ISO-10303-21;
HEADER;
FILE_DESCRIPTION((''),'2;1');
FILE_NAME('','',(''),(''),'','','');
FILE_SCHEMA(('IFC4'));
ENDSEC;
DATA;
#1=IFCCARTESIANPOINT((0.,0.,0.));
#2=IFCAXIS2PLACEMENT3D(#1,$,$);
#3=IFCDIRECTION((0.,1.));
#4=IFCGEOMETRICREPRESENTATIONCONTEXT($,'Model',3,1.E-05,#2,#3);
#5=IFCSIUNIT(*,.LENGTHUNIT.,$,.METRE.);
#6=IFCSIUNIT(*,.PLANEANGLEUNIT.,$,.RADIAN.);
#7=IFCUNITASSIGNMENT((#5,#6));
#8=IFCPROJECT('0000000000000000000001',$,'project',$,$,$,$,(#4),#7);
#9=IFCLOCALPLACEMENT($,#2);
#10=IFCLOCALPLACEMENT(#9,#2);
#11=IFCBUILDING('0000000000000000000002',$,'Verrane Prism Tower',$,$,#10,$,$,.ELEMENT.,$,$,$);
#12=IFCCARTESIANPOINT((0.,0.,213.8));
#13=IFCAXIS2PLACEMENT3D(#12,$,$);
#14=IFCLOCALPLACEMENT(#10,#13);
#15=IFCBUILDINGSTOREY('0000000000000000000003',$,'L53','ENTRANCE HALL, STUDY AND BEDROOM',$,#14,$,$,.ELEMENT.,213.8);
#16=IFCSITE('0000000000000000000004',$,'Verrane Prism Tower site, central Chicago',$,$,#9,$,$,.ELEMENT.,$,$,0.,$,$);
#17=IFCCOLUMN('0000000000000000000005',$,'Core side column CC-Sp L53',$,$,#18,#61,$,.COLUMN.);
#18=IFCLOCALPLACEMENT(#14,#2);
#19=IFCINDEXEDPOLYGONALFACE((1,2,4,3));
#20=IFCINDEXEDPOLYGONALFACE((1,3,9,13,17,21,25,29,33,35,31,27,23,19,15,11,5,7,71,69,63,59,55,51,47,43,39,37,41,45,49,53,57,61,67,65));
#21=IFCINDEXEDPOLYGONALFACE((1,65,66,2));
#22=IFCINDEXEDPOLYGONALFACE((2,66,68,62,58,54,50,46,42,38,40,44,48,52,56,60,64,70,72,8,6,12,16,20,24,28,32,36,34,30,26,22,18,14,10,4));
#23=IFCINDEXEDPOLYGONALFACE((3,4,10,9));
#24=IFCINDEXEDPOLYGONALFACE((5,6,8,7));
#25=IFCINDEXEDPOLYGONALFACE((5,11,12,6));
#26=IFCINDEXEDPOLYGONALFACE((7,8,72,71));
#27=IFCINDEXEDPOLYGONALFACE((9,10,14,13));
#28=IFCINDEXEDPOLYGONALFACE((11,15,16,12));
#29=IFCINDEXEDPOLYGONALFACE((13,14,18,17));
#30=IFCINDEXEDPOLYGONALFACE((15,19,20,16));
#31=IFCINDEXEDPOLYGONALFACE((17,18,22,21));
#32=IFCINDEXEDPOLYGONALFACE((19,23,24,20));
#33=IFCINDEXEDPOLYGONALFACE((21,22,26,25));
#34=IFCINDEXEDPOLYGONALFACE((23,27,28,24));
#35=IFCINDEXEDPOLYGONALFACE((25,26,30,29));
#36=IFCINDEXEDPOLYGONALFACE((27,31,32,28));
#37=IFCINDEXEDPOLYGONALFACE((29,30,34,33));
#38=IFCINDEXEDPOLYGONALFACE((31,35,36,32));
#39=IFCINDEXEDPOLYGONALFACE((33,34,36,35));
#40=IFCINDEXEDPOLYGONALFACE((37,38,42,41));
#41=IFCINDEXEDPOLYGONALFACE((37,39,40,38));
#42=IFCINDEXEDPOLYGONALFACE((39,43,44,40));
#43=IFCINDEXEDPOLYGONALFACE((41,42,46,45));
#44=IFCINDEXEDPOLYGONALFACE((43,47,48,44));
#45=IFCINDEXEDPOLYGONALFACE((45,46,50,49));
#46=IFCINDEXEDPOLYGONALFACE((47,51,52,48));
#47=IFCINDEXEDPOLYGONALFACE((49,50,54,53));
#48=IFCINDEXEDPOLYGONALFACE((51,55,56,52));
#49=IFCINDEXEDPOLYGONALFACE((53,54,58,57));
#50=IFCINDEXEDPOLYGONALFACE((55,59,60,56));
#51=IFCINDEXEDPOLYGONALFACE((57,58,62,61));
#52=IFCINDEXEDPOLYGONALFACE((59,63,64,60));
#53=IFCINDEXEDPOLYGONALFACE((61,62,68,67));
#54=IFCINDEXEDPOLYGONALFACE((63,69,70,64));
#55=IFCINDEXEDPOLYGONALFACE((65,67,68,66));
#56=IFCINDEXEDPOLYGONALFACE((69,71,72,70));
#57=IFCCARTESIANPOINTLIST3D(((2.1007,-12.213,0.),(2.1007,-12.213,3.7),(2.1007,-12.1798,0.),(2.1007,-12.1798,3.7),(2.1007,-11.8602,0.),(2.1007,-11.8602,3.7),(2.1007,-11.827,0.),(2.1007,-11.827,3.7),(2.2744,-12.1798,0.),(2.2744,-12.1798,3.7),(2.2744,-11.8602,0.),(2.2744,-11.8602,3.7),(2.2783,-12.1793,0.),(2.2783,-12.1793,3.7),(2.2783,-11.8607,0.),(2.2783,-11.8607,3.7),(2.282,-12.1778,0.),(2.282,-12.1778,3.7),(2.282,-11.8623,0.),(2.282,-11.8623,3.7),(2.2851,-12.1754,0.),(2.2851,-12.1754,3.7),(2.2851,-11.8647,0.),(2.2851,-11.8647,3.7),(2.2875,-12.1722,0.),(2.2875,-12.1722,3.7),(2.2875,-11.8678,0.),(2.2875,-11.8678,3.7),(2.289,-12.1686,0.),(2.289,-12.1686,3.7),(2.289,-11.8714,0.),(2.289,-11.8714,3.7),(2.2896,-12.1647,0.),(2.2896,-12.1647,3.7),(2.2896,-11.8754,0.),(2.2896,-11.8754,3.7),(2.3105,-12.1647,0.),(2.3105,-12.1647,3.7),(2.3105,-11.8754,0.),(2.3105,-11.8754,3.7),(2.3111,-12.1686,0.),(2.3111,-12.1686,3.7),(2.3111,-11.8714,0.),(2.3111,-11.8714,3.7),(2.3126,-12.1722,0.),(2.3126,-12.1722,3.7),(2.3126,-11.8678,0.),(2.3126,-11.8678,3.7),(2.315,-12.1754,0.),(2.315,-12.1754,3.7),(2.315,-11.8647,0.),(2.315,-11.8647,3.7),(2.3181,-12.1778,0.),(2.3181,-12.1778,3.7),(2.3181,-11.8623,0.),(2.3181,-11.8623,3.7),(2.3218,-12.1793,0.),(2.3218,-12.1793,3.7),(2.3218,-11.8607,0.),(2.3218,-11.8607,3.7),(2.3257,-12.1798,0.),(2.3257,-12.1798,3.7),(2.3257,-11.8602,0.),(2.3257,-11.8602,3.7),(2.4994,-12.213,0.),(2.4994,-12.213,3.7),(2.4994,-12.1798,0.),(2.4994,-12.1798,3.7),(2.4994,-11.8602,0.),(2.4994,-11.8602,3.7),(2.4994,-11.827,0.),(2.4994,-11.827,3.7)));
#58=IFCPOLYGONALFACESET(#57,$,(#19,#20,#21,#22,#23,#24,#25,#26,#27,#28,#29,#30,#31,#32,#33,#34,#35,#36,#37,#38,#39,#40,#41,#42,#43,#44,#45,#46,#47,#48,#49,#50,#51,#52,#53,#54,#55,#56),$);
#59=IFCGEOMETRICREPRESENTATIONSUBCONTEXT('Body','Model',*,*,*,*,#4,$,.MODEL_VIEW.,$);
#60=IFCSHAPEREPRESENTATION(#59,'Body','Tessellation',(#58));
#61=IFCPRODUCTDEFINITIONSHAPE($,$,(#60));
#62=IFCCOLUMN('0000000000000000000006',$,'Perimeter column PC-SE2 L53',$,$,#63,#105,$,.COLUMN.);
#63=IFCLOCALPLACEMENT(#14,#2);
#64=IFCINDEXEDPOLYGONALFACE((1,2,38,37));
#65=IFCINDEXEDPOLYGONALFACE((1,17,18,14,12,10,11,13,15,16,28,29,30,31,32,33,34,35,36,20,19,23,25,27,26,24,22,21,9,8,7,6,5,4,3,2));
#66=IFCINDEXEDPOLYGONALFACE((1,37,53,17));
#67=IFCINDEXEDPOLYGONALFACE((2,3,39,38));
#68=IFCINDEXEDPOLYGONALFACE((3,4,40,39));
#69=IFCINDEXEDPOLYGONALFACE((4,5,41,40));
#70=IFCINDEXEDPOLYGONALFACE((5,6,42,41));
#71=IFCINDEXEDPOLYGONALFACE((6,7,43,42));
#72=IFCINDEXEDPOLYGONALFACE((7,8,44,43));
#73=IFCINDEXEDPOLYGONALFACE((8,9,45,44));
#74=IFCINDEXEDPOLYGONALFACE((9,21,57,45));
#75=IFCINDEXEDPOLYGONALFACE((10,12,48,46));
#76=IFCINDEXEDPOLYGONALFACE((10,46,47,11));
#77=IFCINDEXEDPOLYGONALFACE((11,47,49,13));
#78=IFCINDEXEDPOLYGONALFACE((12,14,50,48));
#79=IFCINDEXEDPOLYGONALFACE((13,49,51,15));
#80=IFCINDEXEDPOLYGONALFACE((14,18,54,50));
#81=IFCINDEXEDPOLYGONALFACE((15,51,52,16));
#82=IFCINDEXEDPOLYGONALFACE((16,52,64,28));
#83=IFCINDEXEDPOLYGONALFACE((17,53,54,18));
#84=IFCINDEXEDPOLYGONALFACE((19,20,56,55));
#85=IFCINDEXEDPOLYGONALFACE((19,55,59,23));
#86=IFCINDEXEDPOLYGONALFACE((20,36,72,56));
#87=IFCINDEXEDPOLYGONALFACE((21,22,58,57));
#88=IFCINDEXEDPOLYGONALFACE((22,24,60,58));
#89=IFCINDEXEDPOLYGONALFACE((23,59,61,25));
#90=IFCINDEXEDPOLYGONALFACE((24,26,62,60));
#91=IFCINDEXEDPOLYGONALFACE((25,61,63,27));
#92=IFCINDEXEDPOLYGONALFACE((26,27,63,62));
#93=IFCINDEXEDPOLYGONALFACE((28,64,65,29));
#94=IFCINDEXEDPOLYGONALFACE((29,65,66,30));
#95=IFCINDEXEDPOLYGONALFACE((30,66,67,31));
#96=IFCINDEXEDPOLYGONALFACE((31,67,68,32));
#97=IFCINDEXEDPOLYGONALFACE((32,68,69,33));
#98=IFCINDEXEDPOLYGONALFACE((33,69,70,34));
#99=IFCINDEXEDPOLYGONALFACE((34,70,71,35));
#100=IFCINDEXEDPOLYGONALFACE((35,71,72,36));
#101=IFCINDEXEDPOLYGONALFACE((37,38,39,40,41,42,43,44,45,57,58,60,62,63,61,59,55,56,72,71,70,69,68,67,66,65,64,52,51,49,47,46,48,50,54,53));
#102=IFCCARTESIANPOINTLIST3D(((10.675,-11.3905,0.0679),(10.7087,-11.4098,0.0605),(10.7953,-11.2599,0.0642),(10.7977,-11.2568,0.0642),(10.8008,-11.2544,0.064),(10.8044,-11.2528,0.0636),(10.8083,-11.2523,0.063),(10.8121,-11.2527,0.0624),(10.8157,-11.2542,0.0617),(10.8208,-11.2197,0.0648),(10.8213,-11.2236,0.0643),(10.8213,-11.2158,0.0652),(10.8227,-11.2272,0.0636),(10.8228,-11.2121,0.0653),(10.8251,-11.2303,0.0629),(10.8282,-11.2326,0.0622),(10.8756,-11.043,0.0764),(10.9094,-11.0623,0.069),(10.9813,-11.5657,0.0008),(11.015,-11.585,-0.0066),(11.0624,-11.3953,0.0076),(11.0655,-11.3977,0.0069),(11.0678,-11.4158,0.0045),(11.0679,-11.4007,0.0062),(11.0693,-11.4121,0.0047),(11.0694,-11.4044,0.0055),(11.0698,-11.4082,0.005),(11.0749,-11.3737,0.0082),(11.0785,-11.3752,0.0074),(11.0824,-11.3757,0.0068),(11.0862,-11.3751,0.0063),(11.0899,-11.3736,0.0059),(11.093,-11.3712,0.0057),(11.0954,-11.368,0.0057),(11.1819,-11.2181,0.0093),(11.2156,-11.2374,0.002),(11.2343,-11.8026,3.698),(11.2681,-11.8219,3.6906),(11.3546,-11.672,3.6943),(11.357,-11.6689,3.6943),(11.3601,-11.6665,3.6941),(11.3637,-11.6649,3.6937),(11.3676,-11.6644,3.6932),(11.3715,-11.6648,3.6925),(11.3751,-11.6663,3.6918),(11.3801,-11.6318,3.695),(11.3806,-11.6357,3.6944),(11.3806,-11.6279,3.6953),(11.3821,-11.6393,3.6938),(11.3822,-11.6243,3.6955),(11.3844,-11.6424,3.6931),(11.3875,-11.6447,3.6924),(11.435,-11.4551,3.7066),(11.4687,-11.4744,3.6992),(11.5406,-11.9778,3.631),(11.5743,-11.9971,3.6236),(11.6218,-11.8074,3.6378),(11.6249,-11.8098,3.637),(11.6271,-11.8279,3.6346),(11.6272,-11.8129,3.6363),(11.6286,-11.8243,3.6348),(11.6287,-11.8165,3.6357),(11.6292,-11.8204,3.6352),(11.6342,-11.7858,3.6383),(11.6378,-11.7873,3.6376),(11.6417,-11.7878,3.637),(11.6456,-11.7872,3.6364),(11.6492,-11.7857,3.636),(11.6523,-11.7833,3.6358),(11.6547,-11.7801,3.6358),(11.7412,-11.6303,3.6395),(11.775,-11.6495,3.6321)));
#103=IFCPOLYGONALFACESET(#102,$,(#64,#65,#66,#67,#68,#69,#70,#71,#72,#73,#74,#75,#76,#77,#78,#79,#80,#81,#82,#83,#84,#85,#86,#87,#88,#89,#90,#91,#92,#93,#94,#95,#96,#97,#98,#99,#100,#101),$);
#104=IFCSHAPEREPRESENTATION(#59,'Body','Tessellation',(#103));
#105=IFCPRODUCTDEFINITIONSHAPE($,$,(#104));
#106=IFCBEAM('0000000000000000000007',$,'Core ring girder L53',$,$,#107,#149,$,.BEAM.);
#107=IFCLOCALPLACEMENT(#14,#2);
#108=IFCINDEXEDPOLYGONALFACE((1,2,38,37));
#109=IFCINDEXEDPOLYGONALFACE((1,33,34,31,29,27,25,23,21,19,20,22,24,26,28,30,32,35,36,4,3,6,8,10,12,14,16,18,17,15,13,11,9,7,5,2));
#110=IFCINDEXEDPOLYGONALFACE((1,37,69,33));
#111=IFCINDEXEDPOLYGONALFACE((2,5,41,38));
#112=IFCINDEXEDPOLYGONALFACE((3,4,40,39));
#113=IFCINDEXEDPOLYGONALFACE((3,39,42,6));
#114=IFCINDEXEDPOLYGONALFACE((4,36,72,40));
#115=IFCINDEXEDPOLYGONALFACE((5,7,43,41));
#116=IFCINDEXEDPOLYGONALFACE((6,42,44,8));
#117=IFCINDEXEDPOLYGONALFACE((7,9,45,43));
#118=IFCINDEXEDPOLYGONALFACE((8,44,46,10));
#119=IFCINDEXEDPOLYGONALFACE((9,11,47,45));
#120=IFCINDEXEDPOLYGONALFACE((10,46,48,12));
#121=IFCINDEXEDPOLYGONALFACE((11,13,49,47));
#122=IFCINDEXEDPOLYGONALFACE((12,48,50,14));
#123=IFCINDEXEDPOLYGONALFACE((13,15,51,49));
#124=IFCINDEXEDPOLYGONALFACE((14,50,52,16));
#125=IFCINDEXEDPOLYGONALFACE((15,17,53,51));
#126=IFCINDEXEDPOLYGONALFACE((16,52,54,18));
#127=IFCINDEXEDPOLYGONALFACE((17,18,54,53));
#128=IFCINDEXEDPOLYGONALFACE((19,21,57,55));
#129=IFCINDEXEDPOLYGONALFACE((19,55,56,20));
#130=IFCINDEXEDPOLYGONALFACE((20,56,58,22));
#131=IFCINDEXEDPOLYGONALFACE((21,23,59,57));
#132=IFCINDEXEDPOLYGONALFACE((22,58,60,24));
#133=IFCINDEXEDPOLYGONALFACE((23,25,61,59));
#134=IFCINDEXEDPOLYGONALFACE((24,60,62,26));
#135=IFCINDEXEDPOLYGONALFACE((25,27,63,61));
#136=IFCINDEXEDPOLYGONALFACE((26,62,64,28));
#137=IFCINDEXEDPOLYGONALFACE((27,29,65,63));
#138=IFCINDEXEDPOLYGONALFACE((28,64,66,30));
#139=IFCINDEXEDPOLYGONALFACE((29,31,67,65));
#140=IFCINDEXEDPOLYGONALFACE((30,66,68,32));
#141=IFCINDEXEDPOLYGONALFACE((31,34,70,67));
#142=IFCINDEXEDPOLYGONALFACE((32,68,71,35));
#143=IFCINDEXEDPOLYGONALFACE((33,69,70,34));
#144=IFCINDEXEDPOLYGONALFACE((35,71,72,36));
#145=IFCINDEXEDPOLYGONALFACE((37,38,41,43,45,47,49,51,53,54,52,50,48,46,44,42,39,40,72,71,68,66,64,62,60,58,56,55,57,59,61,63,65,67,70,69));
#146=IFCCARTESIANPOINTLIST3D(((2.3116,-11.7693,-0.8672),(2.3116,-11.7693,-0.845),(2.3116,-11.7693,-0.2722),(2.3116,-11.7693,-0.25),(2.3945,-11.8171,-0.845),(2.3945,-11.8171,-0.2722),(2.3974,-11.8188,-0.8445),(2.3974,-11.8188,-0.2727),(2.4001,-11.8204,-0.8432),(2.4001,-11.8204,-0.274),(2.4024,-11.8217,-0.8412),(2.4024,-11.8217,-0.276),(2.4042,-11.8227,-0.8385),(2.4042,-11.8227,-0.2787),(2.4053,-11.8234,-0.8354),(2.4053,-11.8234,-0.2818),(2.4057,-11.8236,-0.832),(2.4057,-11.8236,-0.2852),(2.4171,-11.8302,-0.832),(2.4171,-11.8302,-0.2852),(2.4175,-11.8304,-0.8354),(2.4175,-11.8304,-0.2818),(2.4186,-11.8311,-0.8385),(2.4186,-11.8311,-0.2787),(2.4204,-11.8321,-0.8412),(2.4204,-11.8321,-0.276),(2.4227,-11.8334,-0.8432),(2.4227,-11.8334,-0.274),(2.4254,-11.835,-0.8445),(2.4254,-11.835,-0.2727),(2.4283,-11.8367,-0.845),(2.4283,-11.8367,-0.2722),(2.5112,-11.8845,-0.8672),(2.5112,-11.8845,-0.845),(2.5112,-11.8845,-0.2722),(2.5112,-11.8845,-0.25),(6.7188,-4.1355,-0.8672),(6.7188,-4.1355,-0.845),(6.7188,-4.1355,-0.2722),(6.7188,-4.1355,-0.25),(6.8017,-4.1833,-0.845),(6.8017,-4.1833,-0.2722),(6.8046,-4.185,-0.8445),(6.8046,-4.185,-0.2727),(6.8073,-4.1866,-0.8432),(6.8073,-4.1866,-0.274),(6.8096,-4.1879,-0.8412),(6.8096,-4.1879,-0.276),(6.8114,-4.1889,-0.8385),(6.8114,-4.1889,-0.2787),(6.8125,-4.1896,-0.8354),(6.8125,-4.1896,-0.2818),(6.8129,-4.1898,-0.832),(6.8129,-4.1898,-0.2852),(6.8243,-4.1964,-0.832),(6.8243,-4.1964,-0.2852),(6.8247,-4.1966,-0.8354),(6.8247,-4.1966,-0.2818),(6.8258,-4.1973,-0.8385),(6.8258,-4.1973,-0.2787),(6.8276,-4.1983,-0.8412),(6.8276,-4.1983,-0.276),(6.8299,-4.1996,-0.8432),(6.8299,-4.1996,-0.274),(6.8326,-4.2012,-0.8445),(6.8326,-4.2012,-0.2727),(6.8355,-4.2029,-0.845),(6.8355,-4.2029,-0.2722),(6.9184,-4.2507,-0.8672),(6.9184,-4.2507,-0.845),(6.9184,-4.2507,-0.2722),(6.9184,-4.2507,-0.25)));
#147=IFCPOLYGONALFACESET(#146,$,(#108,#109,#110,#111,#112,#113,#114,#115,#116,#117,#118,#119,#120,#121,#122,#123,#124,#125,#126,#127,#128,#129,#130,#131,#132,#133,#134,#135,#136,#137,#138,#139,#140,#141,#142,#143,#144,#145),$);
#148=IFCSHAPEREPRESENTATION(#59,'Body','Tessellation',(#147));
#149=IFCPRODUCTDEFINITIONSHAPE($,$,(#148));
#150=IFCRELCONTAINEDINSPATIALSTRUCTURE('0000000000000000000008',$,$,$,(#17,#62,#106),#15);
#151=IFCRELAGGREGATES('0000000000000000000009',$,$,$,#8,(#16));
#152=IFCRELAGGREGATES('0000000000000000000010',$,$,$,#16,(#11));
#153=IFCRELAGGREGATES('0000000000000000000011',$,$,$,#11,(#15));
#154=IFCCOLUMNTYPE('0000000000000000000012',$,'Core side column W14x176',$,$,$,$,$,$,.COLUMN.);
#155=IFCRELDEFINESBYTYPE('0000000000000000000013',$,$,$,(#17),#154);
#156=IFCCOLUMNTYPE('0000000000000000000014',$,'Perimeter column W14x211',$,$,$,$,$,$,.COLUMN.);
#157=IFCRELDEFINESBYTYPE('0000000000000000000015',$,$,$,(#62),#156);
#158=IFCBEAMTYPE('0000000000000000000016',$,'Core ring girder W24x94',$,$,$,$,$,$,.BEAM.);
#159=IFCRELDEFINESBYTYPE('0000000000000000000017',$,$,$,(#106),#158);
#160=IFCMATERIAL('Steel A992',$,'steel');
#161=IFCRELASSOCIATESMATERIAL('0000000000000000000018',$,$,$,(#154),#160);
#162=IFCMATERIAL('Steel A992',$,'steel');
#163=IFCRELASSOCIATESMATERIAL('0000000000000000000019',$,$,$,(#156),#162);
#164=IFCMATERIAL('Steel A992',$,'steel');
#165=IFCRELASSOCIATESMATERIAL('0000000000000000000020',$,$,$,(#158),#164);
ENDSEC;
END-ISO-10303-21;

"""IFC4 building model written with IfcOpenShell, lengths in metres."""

from ifc_helpers import new_model, si_unit, direction, frame, origin, origin_2d, place, context, subcontext, project, spatial, i_section, extrude, material, material_profile, profile_set, type_object, element, save


model = new_model("IFC4")

# Units and contexts
model_context = context("Model", 3, precision=1e-05, world=origin(), true_north=direction((0.0, 1.0)))
body_context = subcontext(model_context, "Body", "Model", "MODEL_VIEW")
ifc_project = project(units=[si_unit("LENGTHUNIT", "METRE"), si_unit("PLANEANGLEUNIT", "RADIAN")], contexts=[model_context])

# Site, building, storey
site_placement = place(None, origin())
site = spatial("IfcSite", under=ifc_project, at=site_placement, Name="Verrane Prism Tower site, central Chicago", CompositionType="ELEMENT", RefElevation=0.0)
building_placement = place(site_placement, origin())
building = spatial("IfcBuilding", under=site, at=building_placement, Name="Verrane Prism Tower", CompositionType="ELEMENT")
storey_placement = place(building_placement, frame((0.0, 0.0, 213.8)))
storey = spatial("IfcBuildingStorey", under=building, at=storey_placement, Name="L53", Description="ENTRANCE HALL, STUDY AND BEDROOM", CompositionType="ELEMENT", Elevation=213.8)

# Columns
ifc_material_1 = material(Name="Steel A992", Category="steel")
ifc_material_profile_1 = material_profile(ifc_material_1, i_section(OverallWidth=0.3987, OverallDepth=0.386, WebThickness=0.021, FlangeThickness=0.0332, FilletRadius=0.0151, at=origin_2d()), Name="W14x176")
ifc_profile_set_1 = profile_set([ifc_material_profile_1], Name="Steel A992")
column_type_1 = type_object("IfcColumnType", Name="Core side column W14x176", PredefinedType="COLUMN", material=ifc_profile_set_1)
column_1_placement = place(storey_placement, frame((2.3, -12.02, 0.0), z_axis=(0.0, 0.0, 1.0), x_axis=(1.0, 0.0, 0.0)))
element("IfcColumn", 1, at=column_1_placement, inside=storey, type_object=column_type_1, Name="Core side column CC-Sp L53", PredefinedType="COLUMN", context=body_context, shape_type="SweptSolid", body=[
    extrude(i_section(OverallWidth=0.3987, OverallDepth=0.386, WebThickness=0.021, FlangeThickness=0.0332, FilletRadius=0.0151, at=origin_2d()), origin(), (0.0, 0.0, 1.0), 3.7),
])
ifc_material_2 = material(Name="Steel A992", Category="steel")
ifc_material_profile_2 = material_profile(ifc_material_2, i_section(OverallWidth=0.4014, OverallDepth=0.3987, WebThickness=0.0249, FlangeThickness=0.0396, FilletRadius=0.0151, at=origin_2d()), Name="W14x211")
ifc_profile_set_2 = profile_set([ifc_material_profile_2], Name="Steel A992")
column_type_2 = type_object("IfcColumnType", Name="Perimeter column W14x211", PredefinedType="COLUMN", material=ifc_profile_set_2)
column_2_placement = place(storey_placement, frame((10.9453, -11.314, 0.0349), z_axis=(0.151332, -0.111501, 0.982174), x_axis=(-0.499862, -0.865844, -0.021277)))
element("IfcColumn", 2, at=column_2_placement, inside=storey, type_object=column_type_2, Name="Perimeter column PC-SE2 L53", PredefinedType="COLUMN", context=body_context, shape_type="SweptSolid", body=[
    extrude(i_section(OverallWidth=0.4014, OverallDepth=0.3987, WebThickness=0.0249, FlangeThickness=0.0396, FilletRadius=0.0151, at=origin_2d()), origin(), (0.0, 0.0, 1.0), 3.696),
])

# Beam
ifc_material_3 = material(Name="Steel A992", Category="steel")
ifc_material_profile_3 = material_profile(ifc_material_3, i_section(OverallWidth=0.2305, OverallDepth=0.6172, WebThickness=0.0132, FlangeThickness=0.0222, FilletRadius=0.0129, at=origin_2d()), Name="W24x94")
ifc_profile_set_3 = profile_set([ifc_material_profile_3], Name="Steel A992")
beam_type_1 = type_object("IfcBeamType", Name="Core ring girder W24x94", PredefinedType="BEAM", material=ifc_profile_set_3)
beam_1_placement = place(storey_placement, frame((2.4114, -11.8269, -0.5586), z_axis=(0.499988, 0.866032, 0.0), x_axis=(-0.866032, 0.499988, 0.0)))
element("IfcBeam", 3, at=beam_1_placement, inside=storey, type_object=beam_type_1, Name="Core ring girder L53", PredefinedType="BEAM", context=body_context, shape_type="SweptSolid", body=[
    extrude(i_section(OverallWidth=0.2305, OverallDepth=0.6172, WebThickness=0.0132, FlangeThickness=0.0222, FilletRadius=0.0129, at=origin_2d()), origin(), (0.0, 0.0, 1.0), 8.8147),
])

save(model, "model.ifc")
